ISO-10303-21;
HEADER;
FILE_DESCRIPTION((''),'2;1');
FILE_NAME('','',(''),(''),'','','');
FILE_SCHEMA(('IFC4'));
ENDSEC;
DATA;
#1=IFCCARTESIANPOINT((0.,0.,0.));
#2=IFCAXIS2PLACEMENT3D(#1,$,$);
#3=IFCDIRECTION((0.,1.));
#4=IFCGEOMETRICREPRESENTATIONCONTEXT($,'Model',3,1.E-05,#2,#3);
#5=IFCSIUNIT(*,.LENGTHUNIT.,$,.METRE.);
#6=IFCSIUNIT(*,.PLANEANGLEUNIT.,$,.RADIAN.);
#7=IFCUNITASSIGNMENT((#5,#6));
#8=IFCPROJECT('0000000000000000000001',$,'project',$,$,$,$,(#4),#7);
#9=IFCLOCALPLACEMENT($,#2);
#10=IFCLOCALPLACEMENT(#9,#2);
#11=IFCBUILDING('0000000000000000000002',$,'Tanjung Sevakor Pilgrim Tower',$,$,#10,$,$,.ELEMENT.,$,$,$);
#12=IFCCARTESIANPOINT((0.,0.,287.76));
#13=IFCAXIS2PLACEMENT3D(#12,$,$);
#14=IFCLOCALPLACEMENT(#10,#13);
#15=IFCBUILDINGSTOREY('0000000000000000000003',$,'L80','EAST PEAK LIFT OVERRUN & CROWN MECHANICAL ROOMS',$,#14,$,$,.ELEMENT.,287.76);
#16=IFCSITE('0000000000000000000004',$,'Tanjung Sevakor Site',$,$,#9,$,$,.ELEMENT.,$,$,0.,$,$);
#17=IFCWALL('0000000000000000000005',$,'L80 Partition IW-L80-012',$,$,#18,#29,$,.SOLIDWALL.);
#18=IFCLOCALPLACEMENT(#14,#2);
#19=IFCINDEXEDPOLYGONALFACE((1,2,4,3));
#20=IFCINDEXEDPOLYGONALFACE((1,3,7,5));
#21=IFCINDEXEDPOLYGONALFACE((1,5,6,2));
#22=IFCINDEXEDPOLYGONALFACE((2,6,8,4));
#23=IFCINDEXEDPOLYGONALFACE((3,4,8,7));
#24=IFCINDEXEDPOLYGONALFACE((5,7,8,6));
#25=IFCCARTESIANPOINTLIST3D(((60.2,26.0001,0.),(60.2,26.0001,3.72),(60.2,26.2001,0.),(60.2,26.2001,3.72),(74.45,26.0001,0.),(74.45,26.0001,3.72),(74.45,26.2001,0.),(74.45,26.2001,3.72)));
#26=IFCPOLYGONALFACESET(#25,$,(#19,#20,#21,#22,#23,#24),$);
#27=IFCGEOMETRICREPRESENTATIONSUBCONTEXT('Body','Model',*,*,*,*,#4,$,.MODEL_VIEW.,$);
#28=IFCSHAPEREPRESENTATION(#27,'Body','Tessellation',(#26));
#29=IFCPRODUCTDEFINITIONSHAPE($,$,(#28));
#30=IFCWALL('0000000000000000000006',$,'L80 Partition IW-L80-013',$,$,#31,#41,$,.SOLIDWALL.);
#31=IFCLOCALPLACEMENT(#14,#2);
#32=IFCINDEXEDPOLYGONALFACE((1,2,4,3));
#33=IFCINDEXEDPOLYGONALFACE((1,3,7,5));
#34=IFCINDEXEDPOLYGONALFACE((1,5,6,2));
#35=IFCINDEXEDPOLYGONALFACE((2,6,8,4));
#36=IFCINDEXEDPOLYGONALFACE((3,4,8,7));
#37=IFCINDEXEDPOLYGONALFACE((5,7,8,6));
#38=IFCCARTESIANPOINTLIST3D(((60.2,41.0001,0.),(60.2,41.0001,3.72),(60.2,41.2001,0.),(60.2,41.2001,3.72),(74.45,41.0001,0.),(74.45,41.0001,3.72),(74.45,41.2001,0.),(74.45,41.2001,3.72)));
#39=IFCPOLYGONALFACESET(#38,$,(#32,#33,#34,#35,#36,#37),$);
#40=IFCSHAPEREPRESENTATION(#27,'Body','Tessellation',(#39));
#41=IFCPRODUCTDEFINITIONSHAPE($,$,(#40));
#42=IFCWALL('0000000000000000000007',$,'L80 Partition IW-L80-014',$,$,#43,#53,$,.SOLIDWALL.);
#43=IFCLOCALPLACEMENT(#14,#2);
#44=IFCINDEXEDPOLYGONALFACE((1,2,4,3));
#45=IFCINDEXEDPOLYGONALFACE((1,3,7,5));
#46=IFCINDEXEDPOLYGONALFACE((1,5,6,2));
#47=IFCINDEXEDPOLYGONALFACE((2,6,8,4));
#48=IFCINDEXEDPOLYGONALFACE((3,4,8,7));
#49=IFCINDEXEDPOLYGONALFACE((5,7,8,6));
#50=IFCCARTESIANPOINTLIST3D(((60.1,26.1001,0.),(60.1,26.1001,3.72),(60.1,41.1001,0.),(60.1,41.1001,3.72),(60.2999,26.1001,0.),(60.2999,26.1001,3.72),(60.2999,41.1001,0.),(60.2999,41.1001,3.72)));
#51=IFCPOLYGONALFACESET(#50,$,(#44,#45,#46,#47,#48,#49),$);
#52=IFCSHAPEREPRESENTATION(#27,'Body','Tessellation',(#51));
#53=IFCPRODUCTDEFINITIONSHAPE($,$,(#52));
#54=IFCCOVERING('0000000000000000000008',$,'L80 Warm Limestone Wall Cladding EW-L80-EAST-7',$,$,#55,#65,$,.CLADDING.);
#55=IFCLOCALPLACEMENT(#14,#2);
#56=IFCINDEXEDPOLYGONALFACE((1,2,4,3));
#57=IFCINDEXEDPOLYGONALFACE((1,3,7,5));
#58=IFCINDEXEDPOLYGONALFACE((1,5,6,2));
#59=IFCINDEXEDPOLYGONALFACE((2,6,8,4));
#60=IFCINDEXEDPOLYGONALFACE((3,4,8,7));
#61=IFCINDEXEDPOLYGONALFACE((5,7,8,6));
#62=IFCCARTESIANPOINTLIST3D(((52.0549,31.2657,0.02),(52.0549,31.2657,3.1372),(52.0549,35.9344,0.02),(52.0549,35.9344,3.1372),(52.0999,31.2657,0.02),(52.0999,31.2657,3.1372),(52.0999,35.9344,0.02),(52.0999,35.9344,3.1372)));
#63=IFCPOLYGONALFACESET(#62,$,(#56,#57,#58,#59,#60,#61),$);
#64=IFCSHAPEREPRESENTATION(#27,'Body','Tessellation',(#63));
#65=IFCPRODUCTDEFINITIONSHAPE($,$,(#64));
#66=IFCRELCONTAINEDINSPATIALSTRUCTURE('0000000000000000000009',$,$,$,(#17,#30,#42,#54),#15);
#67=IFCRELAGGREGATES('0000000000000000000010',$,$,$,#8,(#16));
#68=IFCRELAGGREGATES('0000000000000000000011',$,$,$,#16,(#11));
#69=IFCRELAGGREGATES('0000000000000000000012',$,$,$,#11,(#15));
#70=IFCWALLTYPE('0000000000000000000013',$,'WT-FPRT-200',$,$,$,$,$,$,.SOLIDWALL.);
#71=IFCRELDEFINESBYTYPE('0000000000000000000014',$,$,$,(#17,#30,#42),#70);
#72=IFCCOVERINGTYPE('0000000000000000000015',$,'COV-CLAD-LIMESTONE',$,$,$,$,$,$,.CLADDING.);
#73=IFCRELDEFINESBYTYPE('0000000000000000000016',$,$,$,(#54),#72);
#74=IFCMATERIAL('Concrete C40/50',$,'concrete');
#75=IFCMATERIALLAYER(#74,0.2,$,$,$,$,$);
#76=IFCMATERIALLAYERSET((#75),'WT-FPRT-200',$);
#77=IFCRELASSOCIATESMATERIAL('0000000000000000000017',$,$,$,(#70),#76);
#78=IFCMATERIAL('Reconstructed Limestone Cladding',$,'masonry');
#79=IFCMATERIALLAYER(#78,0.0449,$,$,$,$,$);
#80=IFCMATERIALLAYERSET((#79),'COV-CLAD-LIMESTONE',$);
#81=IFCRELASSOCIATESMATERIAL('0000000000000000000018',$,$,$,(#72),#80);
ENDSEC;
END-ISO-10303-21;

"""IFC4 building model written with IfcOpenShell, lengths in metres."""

from ifc_helpers import new_model, si_unit, direction, frame, frame_2d, origin, origin_2d, place, context, subcontext, project, spatial, rectangle, extrude, material, layer, layer_set, type_object, element, save


model = new_model("IFC4")

# Units and contexts
model_context = context("Model", 3, precision=1e-05, world=origin(), true_north=direction((0.0, 1.0)))
body_context = subcontext(model_context, "Body", "Model", "MODEL_VIEW")
ifc_project = project(units=[si_unit("LENGTHUNIT", "METRE"), si_unit("PLANEANGLEUNIT", "RADIAN")], contexts=[model_context])

# Site, building, storey
site_placement = place(None, origin())
site = spatial("IfcSite", under=ifc_project, at=site_placement, Name="Tanjung Sevakor Site", CompositionType="ELEMENT", RefElevation=0.0)
building_placement = place(site_placement, origin())
building = spatial("IfcBuilding", under=site, at=building_placement, Name="Tanjung Sevakor Pilgrim Tower", CompositionType="ELEMENT")
storey_placement = place(building_placement, frame((0.0, 0.0, 287.76)))
storey = spatial("IfcBuildingStorey", under=building, at=storey_placement, Name="L80", Description="EAST PEAK LIFT OVERRUN & CROWN MECHANICAL ROOMS", CompositionType="ELEMENT", Elevation=287.76)

# Walls
ifc_material_1 = material(Name="Concrete C40/50", Category="concrete")
ifc_layer_1 = layer(ifc_material_1, 0.2)
ifc_layer_set_1 = layer_set([ifc_layer_1], Name="WT-FPRT-200")
wall_type_1 = type_object("IfcWallType", Name="WT-FPRT-200", PredefinedType="SOLIDWALL", material=ifc_layer_set_1)
for number, where, z_axis, x_axis, name in (
    (1, (60.2, 26.1001, 0.0), (0.0, 0.0, 1.0), (1.0, 0.0, 0.0), "L80 Partition IW-L80-012"),
    (2, (60.2, 41.1001, 0.0), (0.0, 0.0, 1.0), (1.0, 0.0, 0.0), "L80 Partition IW-L80-013"),
):
    element("IfcWall", number, at=place(storey_placement, frame(where, z_axis=z_axis, x_axis=x_axis)), inside=storey, type_object=wall_type_1, Name=name, PredefinedType="SOLIDWALL", context=body_context, shape_type="SweptSolid", body=[
        extrude(rectangle(XDim=14.25, YDim=0.2, at=frame_2d((7.125, 0.0))), origin(), (0.0, 0.0, 1.0), 3.72),
    ])
wall_1_placement = place(storey_placement, frame((60.2, 26.1001, 0.0), z_axis=(0.0, 0.0, 1.0), x_axis=(0.0, 1.0, 0.0)))
element("IfcWall", 3, at=wall_1_placement, inside=storey, type_object=wall_type_1, Name="L80 Partition IW-L80-014", PredefinedType="SOLIDWALL", context=body_context, shape_type="SweptSolid", body=[
    extrude(rectangle(XDim=15.0, YDim=0.2, at=frame_2d((7.5, 0.0))), origin(), (0.0, 0.0, 1.0), 3.72),
])

# Covering
ifc_material_2 = material(Name="Reconstructed Limestone Cladding", Category="masonry")
ifc_layer_2 = layer(ifc_material_2, 0.0449)
ifc_layer_set_2 = layer_set([ifc_layer_2], Name="COV-CLAD-LIMESTONE")
covering_type = type_object("IfcCoveringType", Name="COV-CLAD-LIMESTONE", PredefinedType="CLADDING", material=ifc_layer_set_2)
covering_placement = place(storey_placement, frame((52.0774, 33.6001, 0.02), z_axis=(0.0, 0.0, 1.0), x_axis=(0.0, -1.0, 0.0)))
element("IfcCovering", 4, at=covering_placement, inside=storey, type_object=covering_type, Name="L80 Warm Limestone Wall Cladding EW-L80-EAST-7", PredefinedType="CLADDING", context=body_context, shape_type="SweptSolid", body=[
    extrude(rectangle(XDim=4.6687, YDim=0.0449, at=origin_2d()), origin(), (0.0, 0.0, 1.0), 3.1172),
])

save(model, "model.ifc")
